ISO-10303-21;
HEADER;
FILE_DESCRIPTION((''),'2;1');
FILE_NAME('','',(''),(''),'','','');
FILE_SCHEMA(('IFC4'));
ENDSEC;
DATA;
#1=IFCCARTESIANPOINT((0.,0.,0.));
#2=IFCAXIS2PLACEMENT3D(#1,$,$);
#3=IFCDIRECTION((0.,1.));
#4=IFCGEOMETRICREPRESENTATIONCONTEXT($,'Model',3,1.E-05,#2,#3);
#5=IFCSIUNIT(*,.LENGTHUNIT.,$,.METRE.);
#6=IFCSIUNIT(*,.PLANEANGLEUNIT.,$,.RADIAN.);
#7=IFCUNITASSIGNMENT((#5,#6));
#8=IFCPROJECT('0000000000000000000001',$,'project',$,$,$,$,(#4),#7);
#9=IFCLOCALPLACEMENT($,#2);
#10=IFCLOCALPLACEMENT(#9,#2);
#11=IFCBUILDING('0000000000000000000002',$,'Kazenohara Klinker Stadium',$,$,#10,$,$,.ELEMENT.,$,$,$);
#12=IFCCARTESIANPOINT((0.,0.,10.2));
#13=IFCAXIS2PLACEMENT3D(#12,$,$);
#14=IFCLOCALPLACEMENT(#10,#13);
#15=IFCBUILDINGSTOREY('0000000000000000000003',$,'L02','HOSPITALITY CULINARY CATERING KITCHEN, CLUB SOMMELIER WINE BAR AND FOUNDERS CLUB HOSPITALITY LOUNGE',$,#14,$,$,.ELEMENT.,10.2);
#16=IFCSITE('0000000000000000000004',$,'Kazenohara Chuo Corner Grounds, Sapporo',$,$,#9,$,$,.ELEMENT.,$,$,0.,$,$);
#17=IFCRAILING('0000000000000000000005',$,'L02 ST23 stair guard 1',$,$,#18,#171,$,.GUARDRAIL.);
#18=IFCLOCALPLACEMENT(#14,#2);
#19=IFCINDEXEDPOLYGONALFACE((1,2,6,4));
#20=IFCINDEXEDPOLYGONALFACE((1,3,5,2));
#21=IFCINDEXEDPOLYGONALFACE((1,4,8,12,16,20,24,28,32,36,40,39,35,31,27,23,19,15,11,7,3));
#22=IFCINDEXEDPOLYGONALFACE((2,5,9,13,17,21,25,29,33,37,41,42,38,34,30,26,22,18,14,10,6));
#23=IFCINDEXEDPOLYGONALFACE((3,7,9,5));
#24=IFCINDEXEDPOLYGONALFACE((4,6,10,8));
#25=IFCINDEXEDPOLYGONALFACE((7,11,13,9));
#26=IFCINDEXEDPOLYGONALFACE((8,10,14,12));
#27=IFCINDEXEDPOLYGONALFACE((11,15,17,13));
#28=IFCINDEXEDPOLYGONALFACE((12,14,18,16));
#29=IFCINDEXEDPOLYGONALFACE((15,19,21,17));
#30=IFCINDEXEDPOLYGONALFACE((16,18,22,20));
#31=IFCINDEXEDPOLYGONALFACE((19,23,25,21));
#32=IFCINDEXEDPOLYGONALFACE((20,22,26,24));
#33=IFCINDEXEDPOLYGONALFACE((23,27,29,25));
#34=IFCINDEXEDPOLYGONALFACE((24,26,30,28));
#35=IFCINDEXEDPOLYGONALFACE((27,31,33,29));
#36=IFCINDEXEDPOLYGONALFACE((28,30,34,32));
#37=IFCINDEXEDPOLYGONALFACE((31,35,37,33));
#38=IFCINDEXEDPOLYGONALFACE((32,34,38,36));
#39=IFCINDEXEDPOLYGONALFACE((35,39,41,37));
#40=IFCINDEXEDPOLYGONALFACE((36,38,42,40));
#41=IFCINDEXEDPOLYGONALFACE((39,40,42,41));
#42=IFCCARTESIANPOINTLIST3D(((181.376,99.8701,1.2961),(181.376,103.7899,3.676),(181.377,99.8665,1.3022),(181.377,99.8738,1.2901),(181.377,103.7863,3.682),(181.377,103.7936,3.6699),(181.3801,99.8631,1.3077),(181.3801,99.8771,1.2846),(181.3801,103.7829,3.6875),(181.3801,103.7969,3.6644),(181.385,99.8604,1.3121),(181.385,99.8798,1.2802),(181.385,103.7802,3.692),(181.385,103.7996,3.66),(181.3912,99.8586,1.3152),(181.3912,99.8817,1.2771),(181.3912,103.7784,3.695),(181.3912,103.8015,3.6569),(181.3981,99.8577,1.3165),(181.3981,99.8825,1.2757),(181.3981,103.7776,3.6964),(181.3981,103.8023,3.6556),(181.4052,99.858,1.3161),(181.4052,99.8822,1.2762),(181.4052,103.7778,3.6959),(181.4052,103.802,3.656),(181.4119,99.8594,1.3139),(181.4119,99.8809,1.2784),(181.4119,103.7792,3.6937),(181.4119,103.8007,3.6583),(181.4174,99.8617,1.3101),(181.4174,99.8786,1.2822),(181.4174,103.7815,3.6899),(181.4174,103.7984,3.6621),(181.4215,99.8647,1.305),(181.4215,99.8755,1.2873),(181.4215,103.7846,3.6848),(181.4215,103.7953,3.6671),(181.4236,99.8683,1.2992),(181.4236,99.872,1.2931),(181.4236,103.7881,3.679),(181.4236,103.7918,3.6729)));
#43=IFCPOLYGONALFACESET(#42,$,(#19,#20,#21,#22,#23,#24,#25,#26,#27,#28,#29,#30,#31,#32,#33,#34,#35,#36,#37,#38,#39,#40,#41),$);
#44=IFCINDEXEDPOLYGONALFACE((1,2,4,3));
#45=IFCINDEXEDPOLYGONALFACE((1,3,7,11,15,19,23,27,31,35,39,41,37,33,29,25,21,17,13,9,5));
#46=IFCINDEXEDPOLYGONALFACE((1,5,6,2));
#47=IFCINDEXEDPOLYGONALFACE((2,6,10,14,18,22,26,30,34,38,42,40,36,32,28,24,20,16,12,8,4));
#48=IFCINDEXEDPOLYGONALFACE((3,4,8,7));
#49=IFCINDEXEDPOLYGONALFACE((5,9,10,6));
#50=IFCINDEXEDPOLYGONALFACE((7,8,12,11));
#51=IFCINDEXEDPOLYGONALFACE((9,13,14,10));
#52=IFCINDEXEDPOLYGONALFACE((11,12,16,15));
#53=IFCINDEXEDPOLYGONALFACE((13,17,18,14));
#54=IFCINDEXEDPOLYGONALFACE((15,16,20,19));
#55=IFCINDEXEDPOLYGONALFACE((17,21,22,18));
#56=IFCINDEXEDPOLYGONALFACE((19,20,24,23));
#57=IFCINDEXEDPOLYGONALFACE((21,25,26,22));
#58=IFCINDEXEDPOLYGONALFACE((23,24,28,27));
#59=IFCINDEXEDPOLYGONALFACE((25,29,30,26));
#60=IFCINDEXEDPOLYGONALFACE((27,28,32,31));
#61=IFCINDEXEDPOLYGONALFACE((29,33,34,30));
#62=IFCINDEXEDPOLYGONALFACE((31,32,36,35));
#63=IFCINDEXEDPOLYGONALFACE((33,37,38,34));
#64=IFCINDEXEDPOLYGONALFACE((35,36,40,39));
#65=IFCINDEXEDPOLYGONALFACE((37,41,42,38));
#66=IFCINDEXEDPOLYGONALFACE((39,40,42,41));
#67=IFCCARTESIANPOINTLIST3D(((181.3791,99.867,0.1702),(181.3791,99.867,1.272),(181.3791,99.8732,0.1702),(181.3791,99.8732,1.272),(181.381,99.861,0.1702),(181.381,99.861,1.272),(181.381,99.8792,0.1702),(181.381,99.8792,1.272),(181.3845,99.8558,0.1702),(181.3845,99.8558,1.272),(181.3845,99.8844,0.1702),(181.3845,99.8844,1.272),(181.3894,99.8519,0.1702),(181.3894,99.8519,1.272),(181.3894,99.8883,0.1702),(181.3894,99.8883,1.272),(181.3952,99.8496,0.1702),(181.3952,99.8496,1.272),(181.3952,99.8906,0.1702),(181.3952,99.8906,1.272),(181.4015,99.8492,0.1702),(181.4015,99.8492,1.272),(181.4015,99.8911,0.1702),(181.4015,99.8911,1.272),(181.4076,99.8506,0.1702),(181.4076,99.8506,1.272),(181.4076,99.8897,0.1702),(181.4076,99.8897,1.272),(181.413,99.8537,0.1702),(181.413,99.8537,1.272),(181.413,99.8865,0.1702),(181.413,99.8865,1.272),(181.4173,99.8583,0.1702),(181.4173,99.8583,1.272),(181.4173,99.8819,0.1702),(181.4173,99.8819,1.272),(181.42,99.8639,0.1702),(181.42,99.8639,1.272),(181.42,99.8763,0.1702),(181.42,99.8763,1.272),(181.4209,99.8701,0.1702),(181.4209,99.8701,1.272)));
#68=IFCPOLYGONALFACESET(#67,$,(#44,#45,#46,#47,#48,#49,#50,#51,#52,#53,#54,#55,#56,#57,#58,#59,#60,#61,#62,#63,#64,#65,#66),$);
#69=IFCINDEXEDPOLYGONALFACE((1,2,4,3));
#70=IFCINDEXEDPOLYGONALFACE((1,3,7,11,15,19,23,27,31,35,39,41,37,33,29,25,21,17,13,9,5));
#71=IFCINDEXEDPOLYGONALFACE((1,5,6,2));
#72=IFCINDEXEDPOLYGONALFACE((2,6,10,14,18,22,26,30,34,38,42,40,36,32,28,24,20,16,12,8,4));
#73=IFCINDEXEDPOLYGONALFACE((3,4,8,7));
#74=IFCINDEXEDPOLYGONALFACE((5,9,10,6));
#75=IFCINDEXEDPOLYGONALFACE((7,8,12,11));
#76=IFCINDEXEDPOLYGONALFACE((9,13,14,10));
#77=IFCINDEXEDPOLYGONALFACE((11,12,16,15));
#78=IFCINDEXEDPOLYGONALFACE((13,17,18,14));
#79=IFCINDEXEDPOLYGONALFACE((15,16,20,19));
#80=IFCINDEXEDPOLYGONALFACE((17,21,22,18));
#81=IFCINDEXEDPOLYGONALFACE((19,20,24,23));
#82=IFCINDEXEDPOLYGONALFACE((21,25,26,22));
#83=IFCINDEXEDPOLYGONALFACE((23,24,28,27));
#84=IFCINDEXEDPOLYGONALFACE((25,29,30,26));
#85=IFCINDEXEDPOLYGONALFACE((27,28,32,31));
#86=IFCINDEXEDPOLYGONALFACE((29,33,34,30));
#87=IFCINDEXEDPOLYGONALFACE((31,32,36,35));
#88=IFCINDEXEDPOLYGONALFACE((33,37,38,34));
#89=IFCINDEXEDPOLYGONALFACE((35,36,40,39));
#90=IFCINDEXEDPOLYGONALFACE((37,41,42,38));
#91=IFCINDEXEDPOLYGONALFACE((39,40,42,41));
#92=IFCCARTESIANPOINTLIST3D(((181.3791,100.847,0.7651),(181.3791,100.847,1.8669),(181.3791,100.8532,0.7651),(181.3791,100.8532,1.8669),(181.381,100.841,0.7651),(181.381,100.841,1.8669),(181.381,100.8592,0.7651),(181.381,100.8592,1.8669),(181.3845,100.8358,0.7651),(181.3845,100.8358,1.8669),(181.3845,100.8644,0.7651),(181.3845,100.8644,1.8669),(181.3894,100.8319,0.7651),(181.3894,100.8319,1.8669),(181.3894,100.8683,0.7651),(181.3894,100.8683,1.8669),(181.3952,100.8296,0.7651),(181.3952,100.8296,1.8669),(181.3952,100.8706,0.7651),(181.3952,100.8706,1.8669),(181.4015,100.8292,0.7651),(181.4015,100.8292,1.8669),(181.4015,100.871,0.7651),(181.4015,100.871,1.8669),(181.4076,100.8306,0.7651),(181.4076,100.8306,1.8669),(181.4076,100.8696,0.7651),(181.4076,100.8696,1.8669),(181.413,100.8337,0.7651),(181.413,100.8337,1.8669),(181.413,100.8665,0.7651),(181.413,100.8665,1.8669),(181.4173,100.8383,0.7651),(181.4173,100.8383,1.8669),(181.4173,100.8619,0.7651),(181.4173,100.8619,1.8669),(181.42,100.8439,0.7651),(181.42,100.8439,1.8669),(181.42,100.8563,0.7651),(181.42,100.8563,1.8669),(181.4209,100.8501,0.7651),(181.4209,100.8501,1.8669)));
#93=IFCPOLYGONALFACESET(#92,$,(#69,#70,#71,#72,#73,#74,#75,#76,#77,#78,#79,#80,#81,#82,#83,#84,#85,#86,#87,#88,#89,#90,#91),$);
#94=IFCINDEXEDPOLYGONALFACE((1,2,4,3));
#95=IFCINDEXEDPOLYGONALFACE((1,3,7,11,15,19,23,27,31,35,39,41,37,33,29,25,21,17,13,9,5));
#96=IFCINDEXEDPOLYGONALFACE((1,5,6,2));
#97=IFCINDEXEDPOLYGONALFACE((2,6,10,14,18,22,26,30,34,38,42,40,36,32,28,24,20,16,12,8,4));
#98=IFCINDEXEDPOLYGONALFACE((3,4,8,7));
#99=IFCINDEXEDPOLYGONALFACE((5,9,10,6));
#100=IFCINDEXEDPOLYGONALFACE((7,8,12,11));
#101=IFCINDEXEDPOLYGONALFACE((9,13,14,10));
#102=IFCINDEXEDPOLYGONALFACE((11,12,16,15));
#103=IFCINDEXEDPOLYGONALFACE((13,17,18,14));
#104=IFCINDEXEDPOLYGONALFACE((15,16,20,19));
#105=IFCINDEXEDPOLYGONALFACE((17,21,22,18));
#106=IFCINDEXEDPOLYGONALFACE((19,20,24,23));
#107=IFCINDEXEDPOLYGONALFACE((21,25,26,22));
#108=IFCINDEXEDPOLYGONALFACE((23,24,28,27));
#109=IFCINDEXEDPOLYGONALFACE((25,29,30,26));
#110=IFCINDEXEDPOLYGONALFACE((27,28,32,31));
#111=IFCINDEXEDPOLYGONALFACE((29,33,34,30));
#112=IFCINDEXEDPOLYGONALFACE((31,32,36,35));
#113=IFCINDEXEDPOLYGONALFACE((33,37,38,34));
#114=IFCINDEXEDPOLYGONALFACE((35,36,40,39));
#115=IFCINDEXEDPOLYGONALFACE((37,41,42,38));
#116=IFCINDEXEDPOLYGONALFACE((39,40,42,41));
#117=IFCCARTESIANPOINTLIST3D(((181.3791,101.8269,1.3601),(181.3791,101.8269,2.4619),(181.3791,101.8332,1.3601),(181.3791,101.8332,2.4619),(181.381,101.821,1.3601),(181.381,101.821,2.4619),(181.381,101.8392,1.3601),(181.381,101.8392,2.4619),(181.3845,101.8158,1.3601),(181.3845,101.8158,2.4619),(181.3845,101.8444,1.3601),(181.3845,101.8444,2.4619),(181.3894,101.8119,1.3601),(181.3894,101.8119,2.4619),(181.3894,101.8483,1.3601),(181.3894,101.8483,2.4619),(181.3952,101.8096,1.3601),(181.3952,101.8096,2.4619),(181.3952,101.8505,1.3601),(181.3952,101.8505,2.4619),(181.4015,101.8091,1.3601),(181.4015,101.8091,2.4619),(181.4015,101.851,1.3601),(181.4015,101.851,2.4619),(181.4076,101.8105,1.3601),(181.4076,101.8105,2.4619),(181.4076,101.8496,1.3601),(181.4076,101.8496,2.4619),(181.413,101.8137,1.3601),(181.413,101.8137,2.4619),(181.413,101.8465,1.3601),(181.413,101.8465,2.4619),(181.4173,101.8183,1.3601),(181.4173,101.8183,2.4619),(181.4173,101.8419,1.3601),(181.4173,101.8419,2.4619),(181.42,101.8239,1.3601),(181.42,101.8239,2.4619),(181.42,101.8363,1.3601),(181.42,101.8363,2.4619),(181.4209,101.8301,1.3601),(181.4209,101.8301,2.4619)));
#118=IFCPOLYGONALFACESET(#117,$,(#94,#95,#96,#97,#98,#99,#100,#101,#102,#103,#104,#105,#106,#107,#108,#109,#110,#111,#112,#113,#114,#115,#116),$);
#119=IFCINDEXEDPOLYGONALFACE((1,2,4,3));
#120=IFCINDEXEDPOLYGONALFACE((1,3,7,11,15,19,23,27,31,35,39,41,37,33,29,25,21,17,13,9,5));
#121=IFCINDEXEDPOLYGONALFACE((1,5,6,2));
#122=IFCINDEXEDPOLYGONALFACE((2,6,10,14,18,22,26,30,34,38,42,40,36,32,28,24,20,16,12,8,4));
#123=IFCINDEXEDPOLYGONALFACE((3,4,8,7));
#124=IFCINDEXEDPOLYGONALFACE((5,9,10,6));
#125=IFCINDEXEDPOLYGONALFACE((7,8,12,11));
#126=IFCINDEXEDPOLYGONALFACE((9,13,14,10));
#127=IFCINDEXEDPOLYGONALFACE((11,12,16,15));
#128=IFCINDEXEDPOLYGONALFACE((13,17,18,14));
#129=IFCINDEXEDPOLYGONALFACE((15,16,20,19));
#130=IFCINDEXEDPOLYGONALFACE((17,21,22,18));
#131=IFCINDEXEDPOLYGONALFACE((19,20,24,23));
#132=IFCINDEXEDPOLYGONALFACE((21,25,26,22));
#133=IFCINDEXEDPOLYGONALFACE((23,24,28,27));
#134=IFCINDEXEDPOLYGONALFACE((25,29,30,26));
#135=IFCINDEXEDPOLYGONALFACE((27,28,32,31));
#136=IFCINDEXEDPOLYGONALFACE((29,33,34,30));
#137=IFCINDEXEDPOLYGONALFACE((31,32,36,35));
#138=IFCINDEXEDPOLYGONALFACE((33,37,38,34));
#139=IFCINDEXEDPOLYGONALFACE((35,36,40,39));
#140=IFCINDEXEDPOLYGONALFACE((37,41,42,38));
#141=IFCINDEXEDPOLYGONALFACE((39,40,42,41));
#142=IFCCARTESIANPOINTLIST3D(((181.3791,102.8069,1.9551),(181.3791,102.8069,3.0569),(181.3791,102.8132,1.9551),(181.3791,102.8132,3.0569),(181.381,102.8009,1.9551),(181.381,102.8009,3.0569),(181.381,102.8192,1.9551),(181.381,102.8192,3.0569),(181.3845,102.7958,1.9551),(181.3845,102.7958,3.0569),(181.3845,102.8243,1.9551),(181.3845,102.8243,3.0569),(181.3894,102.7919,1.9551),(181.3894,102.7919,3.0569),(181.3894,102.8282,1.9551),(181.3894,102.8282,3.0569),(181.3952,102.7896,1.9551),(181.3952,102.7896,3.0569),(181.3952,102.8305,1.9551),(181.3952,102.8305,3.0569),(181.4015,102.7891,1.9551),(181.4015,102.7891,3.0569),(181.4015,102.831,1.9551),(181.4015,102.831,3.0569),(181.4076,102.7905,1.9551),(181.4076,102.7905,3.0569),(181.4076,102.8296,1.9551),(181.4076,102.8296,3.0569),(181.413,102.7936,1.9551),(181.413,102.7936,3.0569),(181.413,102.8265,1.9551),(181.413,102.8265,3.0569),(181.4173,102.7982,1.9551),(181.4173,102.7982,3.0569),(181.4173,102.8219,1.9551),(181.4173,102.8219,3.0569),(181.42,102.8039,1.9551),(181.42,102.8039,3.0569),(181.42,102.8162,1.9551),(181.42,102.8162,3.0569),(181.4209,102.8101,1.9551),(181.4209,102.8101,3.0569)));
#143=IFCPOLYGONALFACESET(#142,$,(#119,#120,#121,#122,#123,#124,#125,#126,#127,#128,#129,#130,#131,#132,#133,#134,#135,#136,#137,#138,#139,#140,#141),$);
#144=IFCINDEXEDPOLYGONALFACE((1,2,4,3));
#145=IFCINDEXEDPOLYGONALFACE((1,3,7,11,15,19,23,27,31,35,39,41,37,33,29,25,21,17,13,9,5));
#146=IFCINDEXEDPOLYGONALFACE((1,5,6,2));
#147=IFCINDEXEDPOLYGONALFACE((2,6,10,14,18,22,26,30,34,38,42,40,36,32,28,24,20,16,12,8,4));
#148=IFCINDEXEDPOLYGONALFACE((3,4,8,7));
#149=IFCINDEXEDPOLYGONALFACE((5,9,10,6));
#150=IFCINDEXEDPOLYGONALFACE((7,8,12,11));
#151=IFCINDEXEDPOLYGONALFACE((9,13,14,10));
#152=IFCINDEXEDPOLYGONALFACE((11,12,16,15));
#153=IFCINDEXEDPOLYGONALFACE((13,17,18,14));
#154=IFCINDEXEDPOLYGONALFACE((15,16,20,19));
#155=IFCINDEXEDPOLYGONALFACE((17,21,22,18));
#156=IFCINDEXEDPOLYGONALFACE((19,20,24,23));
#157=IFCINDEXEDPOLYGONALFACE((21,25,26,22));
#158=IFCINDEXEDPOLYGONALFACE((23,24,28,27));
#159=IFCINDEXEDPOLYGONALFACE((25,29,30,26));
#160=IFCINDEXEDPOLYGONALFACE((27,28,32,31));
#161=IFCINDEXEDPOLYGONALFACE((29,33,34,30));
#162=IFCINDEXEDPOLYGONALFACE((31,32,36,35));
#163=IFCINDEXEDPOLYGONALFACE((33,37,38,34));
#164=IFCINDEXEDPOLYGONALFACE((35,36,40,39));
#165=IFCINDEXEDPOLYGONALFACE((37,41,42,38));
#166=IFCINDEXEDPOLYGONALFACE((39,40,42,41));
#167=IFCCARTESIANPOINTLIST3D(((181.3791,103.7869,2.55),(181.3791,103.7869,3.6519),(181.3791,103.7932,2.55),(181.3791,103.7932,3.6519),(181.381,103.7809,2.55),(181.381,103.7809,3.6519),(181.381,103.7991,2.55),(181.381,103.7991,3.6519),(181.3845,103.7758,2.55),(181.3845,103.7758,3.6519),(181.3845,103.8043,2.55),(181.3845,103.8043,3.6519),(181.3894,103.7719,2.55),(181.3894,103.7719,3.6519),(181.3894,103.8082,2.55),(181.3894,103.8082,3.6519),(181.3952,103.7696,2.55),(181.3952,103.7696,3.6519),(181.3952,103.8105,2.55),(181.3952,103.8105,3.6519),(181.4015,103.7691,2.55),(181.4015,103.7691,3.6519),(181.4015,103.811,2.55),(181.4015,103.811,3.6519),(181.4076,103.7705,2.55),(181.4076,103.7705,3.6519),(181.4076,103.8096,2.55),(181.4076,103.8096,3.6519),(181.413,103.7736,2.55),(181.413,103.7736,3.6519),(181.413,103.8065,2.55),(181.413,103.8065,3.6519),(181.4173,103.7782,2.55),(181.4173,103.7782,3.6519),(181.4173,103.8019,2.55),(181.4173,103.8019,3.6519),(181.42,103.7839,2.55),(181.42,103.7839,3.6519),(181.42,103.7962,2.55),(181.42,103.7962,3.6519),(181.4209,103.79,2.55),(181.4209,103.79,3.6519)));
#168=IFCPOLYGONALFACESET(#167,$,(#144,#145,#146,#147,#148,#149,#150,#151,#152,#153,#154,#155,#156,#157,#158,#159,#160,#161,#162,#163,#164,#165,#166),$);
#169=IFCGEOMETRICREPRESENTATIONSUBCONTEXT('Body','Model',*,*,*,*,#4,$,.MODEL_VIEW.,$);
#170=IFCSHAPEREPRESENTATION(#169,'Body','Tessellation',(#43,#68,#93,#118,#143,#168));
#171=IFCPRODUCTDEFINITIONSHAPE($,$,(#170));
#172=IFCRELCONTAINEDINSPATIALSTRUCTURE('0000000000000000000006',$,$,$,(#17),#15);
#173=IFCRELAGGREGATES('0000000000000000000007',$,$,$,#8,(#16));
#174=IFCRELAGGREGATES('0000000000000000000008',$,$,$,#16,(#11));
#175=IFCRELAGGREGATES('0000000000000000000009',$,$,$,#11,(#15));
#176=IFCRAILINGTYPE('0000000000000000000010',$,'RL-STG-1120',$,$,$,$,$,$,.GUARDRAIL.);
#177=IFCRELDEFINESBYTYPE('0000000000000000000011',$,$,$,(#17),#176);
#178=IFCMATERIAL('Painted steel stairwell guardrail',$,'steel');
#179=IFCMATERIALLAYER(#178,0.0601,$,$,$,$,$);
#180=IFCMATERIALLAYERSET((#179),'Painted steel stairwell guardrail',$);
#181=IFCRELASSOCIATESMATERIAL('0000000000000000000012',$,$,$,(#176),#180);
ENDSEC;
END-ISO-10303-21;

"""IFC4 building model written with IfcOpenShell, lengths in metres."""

from ifc_helpers import new_model, si_unit, direction, frame, origin, origin_2d, place, context, subcontext, project, spatial, circle, extrude, material, layer, layer_set, type_object, element, save


model = new_model("IFC4")

# Units and contexts
model_context = context("Model", 3, precision=1e-05, world=origin(), true_north=direction((0.0, 1.0)))
body_context = subcontext(model_context, "Body", "Model", "MODEL_VIEW")
ifc_project = project(units=[si_unit("LENGTHUNIT", "METRE"), si_unit("PLANEANGLEUNIT", "RADIAN")], contexts=[model_context])

# Site, building, storey
site_placement = place(None, origin())
site = spatial("IfcSite", under=ifc_project, at=site_placement, Name="Kazenohara Chuo Corner Grounds, Sapporo", CompositionType="ELEMENT", RefElevation=0.0)
building_placement = place(site_placement, origin())
building = spatial("IfcBuilding", under=site, at=building_placement, Name="Kazenohara Klinker Stadium", CompositionType="ELEMENT")
storey_placement = place(building_placement, frame((0.0, 0.0, 10.2)))
storey = spatial("IfcBuildingStorey", under=building, at=storey_placement, Name="L02", Description="HOSPITALITY CULINARY CATERING KITCHEN, CLUB SOMMELIER WINE BAR AND FOUNDERS CLUB HOSPITALITY LOUNGE", CompositionType="ELEMENT", Elevation=10.2)

# Railing
ifc_material_1 = material(Name="Painted steel stairwell guardrail", Category="steel")
ifc_layer_1 = layer(ifc_material_1, 0.0601)
ifc_layer_set_1 = layer_set([ifc_layer_1], Name="Painted steel stairwell guardrail")
railing_type_1 = type_object("IfcRailingType", Name="RL-STG-1120", PredefinedType="GUARDRAIL", material=ifc_layer_set_1)
railing_1_placement = place(storey_placement, frame((181.3999, 99.8701, 0.1702)))
element("IfcRailing", 1, at=railing_1_placement, inside=storey, type_object=railing_type_1, Name="L02 ST23 stair guard 1", PredefinedType="GUARDRAIL", context=body_context, shape_type="SweptSolid", body=[
    extrude(circle(Radius=0.0239, at=origin_2d()), frame((0.0, 0.0, 1.126), z_axis=(0.0, 0.854794, 0.518967), x_axis=(-1.0, 0.0, 0.0)), (0.0, 0.0, 1.0), 4.5857),
    extrude(circle(Radius=0.021, at=origin_2d()), origin(), (0.0, 0.0, 1.0), 1.1018),
    extrude(circle(Radius=0.021, at=origin_2d()), frame((0.0, 0.98, 0.595)), (0.0, 0.0, 1.0), 1.1018),
    extrude(circle(Radius=0.021, at=origin_2d()), frame((0.0, 1.96, 1.1899)), (0.0, 0.0, 1.0), 1.1018),
    extrude(circle(Radius=0.021, at=origin_2d()), frame((0.0, 2.9399, 1.7849)), (0.0, 0.0, 1.0), 1.1018),
    extrude(circle(Radius=0.021, at=origin_2d()), frame((0.0, 3.9199, 2.3799)), (0.0, 0.0, 1.0), 1.1018),
])

save(model, "model.ifc")
